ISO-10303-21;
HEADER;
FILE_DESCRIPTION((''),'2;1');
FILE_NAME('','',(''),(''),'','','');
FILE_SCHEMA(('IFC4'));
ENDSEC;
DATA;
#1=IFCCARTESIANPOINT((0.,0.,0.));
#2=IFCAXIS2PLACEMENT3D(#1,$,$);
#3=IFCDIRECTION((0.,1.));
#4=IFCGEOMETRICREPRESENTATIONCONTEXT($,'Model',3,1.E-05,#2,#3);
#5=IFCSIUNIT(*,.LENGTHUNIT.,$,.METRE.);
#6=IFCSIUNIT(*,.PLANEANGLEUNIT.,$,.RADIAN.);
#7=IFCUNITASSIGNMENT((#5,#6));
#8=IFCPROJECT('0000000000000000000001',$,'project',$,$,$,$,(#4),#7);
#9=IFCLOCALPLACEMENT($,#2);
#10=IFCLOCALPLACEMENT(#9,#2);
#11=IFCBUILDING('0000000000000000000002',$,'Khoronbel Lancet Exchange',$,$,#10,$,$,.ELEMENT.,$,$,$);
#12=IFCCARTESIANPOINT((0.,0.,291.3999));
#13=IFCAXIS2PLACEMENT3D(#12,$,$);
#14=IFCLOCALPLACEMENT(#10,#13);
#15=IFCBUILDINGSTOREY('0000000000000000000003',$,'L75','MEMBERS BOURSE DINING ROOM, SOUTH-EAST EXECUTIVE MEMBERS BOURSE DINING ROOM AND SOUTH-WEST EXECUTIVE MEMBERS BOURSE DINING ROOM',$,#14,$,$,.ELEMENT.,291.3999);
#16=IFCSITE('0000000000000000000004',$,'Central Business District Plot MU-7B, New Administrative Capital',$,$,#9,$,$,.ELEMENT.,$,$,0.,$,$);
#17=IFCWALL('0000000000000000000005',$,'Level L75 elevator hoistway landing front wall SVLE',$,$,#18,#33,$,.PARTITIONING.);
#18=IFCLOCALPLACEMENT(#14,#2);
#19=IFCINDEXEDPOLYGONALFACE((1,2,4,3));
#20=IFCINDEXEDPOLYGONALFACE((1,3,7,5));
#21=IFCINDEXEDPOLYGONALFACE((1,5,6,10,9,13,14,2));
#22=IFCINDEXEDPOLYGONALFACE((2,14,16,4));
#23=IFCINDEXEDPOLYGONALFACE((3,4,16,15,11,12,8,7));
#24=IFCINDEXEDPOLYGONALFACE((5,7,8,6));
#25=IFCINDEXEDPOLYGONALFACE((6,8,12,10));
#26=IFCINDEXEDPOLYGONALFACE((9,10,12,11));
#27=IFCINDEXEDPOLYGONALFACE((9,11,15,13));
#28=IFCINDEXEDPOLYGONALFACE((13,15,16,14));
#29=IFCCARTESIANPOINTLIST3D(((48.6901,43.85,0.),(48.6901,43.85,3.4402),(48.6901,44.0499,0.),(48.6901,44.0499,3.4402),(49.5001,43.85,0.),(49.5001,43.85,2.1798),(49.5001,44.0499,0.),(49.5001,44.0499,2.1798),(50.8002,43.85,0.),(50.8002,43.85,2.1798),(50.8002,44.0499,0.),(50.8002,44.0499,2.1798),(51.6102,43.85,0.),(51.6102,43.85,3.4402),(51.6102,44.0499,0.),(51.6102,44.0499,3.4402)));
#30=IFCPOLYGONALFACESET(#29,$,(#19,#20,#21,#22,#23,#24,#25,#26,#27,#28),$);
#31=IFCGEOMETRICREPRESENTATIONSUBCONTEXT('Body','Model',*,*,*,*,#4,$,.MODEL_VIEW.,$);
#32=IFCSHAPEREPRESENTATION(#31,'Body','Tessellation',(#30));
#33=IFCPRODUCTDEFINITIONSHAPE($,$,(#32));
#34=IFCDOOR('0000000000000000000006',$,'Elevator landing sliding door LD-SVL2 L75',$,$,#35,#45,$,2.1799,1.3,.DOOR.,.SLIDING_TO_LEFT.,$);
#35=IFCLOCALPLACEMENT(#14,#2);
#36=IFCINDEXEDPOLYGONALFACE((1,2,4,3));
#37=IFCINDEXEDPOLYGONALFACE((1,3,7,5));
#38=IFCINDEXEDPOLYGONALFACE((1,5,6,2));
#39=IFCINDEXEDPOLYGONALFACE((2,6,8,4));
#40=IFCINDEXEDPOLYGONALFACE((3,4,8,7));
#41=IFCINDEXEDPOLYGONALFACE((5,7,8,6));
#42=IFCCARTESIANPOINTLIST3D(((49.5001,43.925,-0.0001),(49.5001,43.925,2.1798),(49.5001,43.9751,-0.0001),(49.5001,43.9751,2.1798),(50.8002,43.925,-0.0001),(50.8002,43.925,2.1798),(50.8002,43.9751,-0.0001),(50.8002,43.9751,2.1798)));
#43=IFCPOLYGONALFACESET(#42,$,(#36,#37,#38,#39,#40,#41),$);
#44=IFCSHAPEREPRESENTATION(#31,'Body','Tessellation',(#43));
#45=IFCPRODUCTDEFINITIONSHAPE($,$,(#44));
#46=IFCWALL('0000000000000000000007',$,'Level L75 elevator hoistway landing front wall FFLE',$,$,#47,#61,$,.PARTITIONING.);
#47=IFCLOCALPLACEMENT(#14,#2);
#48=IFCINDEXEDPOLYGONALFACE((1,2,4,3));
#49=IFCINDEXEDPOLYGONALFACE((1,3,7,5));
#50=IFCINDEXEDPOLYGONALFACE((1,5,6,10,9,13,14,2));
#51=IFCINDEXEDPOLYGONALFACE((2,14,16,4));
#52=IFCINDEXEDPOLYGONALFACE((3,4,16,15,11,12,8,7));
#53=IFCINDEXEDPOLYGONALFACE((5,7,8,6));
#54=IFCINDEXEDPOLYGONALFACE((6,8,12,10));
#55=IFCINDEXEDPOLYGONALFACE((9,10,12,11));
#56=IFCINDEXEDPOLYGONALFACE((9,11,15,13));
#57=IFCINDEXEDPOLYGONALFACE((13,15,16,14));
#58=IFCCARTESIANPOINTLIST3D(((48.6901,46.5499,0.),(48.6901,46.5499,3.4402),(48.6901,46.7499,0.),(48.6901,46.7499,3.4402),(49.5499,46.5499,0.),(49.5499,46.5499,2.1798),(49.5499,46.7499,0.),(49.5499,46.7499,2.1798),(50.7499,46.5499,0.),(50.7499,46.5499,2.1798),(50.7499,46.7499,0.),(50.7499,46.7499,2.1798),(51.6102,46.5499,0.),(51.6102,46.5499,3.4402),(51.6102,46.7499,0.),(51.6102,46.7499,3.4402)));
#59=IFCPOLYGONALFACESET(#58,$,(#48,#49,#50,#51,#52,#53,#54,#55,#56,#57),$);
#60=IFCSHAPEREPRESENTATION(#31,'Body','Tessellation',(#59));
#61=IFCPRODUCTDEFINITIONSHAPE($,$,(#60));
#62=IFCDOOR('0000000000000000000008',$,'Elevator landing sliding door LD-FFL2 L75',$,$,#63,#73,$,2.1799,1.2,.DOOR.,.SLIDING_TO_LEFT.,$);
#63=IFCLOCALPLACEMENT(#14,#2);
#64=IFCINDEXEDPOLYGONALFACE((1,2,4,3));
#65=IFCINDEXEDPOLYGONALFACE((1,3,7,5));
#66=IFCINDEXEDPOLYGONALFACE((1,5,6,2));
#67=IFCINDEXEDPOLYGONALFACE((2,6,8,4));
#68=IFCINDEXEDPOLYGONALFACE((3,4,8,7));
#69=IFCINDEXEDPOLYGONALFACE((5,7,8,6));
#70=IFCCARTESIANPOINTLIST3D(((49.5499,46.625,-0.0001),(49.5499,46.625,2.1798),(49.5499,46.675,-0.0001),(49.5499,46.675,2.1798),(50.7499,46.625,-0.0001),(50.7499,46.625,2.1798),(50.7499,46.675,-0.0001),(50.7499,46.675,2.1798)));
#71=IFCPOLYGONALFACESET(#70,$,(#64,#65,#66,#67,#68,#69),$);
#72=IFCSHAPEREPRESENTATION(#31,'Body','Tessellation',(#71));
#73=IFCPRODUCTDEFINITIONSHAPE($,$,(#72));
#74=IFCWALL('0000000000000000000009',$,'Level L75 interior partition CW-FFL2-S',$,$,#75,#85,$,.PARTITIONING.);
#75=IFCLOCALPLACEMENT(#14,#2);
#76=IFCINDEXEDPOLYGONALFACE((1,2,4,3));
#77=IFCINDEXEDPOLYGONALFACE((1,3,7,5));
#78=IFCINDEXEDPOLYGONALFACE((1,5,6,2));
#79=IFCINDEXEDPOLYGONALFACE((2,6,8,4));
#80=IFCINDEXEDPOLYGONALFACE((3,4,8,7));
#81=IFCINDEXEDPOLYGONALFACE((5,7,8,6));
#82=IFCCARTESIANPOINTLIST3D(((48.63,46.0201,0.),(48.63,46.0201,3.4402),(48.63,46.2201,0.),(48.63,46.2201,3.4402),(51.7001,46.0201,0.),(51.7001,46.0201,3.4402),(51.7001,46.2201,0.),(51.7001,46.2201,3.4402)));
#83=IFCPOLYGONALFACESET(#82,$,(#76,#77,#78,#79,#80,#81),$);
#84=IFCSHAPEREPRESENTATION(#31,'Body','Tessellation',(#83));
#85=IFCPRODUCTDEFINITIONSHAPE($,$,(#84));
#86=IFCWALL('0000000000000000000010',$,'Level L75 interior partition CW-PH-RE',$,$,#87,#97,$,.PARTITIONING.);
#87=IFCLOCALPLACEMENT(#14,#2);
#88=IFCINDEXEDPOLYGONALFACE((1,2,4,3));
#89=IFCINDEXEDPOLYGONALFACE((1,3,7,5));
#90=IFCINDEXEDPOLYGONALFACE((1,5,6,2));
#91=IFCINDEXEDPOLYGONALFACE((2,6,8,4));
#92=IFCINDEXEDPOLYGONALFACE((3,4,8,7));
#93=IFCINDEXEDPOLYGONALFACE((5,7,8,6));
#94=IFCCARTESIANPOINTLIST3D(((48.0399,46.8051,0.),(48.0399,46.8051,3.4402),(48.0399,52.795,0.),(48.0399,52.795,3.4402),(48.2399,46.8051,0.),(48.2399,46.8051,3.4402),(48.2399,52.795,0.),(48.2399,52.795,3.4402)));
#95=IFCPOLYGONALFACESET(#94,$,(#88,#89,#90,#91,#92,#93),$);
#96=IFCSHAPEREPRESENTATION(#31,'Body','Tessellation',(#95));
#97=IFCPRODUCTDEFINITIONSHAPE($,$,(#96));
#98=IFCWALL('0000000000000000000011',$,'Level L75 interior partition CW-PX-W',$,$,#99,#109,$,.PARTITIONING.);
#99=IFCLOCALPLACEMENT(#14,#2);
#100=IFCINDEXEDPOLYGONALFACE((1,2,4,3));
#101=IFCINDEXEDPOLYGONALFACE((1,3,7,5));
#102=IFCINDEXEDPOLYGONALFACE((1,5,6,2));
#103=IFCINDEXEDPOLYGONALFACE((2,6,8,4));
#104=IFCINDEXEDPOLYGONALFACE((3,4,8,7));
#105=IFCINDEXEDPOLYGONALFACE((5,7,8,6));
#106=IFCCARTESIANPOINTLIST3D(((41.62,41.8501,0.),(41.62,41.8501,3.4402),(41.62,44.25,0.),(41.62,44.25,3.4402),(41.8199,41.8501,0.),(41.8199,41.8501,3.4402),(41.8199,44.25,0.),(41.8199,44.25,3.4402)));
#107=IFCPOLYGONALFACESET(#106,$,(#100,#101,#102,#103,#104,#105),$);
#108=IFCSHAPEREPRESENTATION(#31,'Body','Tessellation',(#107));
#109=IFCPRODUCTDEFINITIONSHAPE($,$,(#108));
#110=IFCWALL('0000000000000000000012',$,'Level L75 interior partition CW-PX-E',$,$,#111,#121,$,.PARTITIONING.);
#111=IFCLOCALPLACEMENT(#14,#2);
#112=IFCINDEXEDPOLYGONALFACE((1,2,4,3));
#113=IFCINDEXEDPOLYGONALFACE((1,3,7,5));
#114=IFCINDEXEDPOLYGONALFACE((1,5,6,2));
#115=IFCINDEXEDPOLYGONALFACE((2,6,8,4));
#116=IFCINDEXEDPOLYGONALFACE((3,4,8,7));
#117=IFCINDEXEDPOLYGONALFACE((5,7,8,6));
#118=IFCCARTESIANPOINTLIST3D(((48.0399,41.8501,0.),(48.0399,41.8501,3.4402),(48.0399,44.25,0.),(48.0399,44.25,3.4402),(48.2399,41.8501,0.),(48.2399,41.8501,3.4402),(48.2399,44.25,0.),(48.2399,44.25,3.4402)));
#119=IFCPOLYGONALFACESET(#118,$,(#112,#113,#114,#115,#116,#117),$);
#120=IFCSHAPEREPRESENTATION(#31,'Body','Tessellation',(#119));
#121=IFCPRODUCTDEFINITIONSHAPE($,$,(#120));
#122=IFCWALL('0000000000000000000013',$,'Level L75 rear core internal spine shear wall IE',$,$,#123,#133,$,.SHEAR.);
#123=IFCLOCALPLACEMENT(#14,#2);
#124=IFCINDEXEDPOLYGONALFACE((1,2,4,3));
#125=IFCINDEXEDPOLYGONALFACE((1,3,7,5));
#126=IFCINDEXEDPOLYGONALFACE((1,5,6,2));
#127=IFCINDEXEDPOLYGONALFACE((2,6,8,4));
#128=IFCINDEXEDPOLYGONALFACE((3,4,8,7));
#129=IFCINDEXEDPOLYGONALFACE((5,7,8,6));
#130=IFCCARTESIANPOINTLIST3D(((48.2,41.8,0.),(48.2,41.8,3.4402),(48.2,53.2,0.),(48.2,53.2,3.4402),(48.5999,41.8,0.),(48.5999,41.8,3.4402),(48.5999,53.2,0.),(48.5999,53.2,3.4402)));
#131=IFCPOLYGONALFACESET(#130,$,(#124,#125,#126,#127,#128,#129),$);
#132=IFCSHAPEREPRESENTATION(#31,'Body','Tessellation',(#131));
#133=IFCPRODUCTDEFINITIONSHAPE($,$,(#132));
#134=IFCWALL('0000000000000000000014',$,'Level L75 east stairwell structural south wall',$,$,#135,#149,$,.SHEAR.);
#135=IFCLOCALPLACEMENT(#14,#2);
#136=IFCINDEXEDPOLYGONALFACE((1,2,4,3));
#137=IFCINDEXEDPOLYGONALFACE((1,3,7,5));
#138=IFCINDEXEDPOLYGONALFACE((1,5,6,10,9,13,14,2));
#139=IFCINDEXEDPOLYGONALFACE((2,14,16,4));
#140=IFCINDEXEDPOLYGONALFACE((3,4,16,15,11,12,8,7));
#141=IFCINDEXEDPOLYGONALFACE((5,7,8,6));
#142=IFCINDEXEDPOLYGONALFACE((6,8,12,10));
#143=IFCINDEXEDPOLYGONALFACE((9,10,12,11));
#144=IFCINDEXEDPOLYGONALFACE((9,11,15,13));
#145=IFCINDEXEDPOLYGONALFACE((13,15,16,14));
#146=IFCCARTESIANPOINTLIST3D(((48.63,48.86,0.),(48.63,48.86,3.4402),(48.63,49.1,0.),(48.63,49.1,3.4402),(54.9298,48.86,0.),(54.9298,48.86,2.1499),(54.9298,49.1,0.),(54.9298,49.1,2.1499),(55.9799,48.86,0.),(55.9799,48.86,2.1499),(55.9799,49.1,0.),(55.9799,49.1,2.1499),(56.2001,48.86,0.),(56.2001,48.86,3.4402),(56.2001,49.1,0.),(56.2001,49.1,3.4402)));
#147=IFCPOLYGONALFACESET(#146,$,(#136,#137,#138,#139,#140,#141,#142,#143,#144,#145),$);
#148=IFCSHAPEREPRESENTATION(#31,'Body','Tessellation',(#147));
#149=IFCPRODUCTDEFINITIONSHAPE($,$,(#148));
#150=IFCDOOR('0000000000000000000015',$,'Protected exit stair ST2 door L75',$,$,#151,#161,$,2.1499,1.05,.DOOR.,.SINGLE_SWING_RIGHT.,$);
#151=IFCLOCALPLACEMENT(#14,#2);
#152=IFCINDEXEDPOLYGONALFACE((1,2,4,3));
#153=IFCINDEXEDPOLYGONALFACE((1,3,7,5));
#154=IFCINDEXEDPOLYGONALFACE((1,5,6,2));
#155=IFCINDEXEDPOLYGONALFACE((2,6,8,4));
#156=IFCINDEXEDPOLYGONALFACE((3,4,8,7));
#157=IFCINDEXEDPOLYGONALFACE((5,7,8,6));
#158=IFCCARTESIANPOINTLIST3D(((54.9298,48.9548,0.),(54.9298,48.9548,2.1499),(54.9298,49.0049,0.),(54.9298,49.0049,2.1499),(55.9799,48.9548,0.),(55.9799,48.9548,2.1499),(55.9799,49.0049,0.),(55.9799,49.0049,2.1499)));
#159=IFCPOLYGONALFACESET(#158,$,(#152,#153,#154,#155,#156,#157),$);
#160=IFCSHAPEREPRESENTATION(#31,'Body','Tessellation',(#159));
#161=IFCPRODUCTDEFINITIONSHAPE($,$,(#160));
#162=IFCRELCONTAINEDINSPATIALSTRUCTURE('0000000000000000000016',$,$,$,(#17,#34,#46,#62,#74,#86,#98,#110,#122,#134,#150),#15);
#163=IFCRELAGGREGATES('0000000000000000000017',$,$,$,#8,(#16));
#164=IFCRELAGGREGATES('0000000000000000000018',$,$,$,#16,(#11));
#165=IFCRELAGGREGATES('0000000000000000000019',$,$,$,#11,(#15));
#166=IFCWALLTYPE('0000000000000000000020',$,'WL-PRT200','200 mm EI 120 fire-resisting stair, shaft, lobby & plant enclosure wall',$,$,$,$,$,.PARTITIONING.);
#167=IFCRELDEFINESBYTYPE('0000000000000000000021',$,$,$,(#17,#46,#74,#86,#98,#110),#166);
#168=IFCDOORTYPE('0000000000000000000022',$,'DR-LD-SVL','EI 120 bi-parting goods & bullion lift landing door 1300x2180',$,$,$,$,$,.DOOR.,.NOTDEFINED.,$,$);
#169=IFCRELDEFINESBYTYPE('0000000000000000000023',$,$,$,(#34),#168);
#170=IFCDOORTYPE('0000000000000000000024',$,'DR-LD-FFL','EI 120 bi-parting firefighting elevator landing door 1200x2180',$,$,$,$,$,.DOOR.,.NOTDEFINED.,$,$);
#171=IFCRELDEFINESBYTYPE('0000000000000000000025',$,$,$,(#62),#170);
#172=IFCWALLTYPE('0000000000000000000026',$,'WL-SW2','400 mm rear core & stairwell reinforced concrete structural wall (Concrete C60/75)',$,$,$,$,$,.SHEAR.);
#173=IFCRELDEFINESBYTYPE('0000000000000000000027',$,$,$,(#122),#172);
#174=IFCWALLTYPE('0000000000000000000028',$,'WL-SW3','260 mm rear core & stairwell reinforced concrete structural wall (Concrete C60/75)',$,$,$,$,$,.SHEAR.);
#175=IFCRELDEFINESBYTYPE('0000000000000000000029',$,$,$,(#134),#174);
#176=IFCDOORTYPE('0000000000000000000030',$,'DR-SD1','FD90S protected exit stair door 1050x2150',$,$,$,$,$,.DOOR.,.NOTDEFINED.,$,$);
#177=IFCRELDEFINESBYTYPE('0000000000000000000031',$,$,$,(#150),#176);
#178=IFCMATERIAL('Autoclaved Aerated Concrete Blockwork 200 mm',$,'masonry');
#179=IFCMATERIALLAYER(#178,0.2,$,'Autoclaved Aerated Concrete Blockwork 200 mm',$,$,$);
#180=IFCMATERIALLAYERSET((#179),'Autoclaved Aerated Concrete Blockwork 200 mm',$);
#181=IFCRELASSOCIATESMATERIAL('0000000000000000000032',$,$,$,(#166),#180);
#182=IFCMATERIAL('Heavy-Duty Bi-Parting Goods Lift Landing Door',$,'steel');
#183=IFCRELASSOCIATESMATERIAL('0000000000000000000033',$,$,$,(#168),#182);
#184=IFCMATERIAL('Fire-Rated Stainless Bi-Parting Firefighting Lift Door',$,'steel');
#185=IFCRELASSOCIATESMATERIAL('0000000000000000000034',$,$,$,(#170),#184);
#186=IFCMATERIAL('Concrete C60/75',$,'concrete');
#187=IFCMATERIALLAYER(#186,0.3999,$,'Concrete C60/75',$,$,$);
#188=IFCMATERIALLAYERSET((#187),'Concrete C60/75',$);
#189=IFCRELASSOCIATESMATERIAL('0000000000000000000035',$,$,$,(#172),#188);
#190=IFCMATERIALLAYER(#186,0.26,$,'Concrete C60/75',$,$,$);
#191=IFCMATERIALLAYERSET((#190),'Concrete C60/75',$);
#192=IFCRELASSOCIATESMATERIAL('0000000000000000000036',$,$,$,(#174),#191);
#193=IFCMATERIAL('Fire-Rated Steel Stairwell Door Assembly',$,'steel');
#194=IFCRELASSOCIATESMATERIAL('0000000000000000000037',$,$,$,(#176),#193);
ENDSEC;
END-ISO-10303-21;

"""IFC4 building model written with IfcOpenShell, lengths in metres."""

from ifc_helpers import new_model, si_unit, direction, frame, frame_2d, origin, place, context, subcontext, project, spatial, rectangle, extrude, material, layer, layer_set, type_object, element, fill, save


model = new_model("IFC4")

# Units and contexts
model_context = context("Model", 3, precision=1e-05, world=origin(), true_north=direction((0.0, 1.0)))
body_context = subcontext(model_context, "Body", "Model", "MODEL_VIEW")
ifc_project = project(units=[si_unit("LENGTHUNIT", "METRE"), si_unit("PLANEANGLEUNIT", "RADIAN")], contexts=[model_context])

# Site, building, storey
site_placement = place(None, origin())
site = spatial("IfcSite", under=ifc_project, at=site_placement, Name="Central Business District Plot MU-7B, New Administrative Capital", CompositionType="ELEMENT", RefElevation=0.0)
building_placement = place(site_placement, origin())
building = spatial("IfcBuilding", under=site, at=building_placement, Name="Khoronbel Lancet Exchange", CompositionType="ELEMENT")
storey_placement = place(building_placement, frame((0.0, 0.0, 291.3999)))
storey = spatial("IfcBuildingStorey", under=building, at=storey_placement, Name="L75", Description="MEMBERS BOURSE DINING ROOM, SOUTH-EAST EXECUTIVE MEMBERS BOURSE DINING ROOM AND SOUTH-WEST EXECUTIVE MEMBERS BOURSE DINING ROOM", CompositionType="ELEMENT", Elevation=291.3999)

# Shared definitions
ifc_material_1 = material(Name="Autoclaved Aerated Concrete Blockwork 200 mm", Category="masonry")
ifc_layer_1 = layer(ifc_material_1, 0.2, Name="Autoclaved Aerated Concrete Blockwork 200 mm")
ifc_layer_set_1 = layer_set([ifc_layer_1], Name="Autoclaved Aerated Concrete Blockwork 200 mm")
wall_type_1 = type_object("IfcWallType", Name="WL-PRT200", Description="200 mm EI 120 fire-resisting stair, shaft, lobby & plant enclosure wall", PredefinedType="PARTITIONING", material=ifc_layer_set_1)

# Walls, openings, doors
wall_1_placement = place(storey_placement, frame((51.6101, 43.95, 0.0), z_axis=(0.0, 0.0, 1.0), x_axis=(-1.0, 0.0, 0.0)))
wall_1 = element("IfcWall", 1, at=wall_1_placement, inside=storey, type_object=wall_type_1, Name="Level L75 elevator hoistway landing front wall SVLE", PredefinedType="PARTITIONING", context=body_context, shape_type="SweptSolid", body=[
    extrude(rectangle(XDim=2.9202, YDim=0.2, at=frame_2d((1.46, 0.0))), origin(), (0.0, 0.0, 1.0), 3.4402),
])
opening_1_placement = place(wall_1_placement, frame((0.8101, 0.0, 0.0)))
opening_1 = element("IfcOpeningElement", 2, at=opening_1_placement, cuts=wall_1, PredefinedType="OPENING", context=body_context, shape_type="SweptSolid", body=[
    extrude(rectangle(XDim=1.3, YDim=2.1799, at=frame_2d((0.6499, 1.0898))), frame((0.0, 0.1099, 0.0), z_axis=(0.0, -1.0, 0.0), x_axis=(1.0, 0.0, 0.0)), (0.0, 0.0, 1.0), 0.22),
])
ifc_material_2 = material(Name="Heavy-Duty Bi-Parting Goods Lift Landing Door", Category="steel")
door_type_1 = type_object("IfcDoorType", Name="DR-LD-SVL", Description="EI 120 bi-parting goods & bullion lift landing door 1300x2180", OperationType="NOTDEFINED", PredefinedType="DOOR", material=ifc_material_2)
door_1_placement = place(opening_1_placement, origin())
door_1 = element("IfcDoor", 3, at=door_1_placement, inside=storey, type_object=door_type_1, Name="Elevator landing sliding door LD-SVL2 L75", OperationType="SLIDING_TO_LEFT", OverallHeight=2.1799, OverallWidth=1.3, PredefinedType="DOOR", context=body_context, shape_type="SweptSolid", body=[
    extrude(rectangle(XDim=1.3, YDim=2.1799, at=frame_2d((0.6499, 1.0898))), frame((0.0, 0.0249, 0.0), z_axis=(0.0, -1.0, 0.0), x_axis=(1.0, 0.0, 0.0)), (0.0, 0.0, 1.0), 0.05),
])
fill(opening_1, door_1)
wall_2_placement = place(storey_placement, frame((51.6101, 46.6499, 0.0), z_axis=(0.0, 0.0, 1.0), x_axis=(-1.0, 0.0, 0.0)))
wall_2 = element("IfcWall", 4, at=wall_2_placement, inside=storey, type_object=wall_type_1, Name="Level L75 elevator hoistway landing front wall FFLE", PredefinedType="PARTITIONING", context=body_context, shape_type="SweptSolid", body=[
    extrude(rectangle(XDim=2.9202, YDim=0.2, at=frame_2d((1.46, 0.0))), origin(), (0.0, 0.0, 1.0), 3.4402),
])
opening_2_placement = place(wall_2_placement, frame((0.8601, 0.0, 0.0)))
opening_2 = element("IfcOpeningElement", 5, at=opening_2_placement, cuts=wall_2, PredefinedType="OPENING", context=body_context, shape_type="SweptSolid", body=[
    extrude(rectangle(XDim=1.2, YDim=2.1799, at=frame_2d((0.6001, 1.0898))), frame((0.0, 0.1099, 0.0), z_axis=(0.0, -1.0, 0.0), x_axis=(1.0, 0.0, 0.0)), (0.0, 0.0, 1.0), 0.22),
])
ifc_material_3 = material(Name="Fire-Rated Stainless Bi-Parting Firefighting Lift Door", Category="steel")
door_type_2 = type_object("IfcDoorType", Name="DR-LD-FFL", Description="EI 120 bi-parting firefighting elevator landing door 1200x2180", OperationType="NOTDEFINED", PredefinedType="DOOR", material=ifc_material_3)
door_2_placement = place(opening_2_placement, origin())
door_2 = element("IfcDoor", 6, at=door_2_placement, inside=storey, type_object=door_type_2, Name="Elevator landing sliding door LD-FFL2 L75", OperationType="SLIDING_TO_LEFT", OverallHeight=2.1799, OverallWidth=1.2, PredefinedType="DOOR", context=body_context, shape_type="SweptSolid", body=[
    extrude(rectangle(XDim=1.2, YDim=2.1799, at=frame_2d((0.6001, 1.0898))), frame((0.0, 0.0249, 0.0), z_axis=(0.0, -1.0, 0.0), x_axis=(1.0, 0.0, 0.0)), (0.0, 0.0, 1.0), 0.05),
])
fill(opening_2, door_2)

# Walls
wall_3_placement = place(storey_placement, frame((48.6299, 46.1201, 0.0), z_axis=(0.0, 0.0, 1.0), x_axis=(1.0, 0.0, 0.0)))
element("IfcWall", 7, at=wall_3_placement, inside=storey, type_object=wall_type_1, Name="Level L75 interior partition CW-FFL2-S", PredefinedType="PARTITIONING", context=body_context, shape_type="SweptSolid", body=[
    extrude(rectangle(XDim=3.0701, YDim=0.2, at=frame_2d((1.5352, 0.0))), origin(), (0.0, 0.0, 1.0), 3.4402),
])
wall_4_placement = place(storey_placement, frame((48.1399, 46.8049, 0.0), z_axis=(0.0, 0.0, 1.0), x_axis=(0.0, 1.0, 0.0)))
element("IfcWall", 8, at=wall_4_placement, inside=storey, type_object=wall_type_1, Name="Level L75 interior partition CW-PH-RE", PredefinedType="PARTITIONING", context=body_context, shape_type="SweptSolid", body=[
    extrude(rectangle(XDim=5.99, YDim=0.2, at=frame_2d((2.9951, 0.0))), origin(), (0.0, 0.0, 1.0), 3.4402),
])
for number, where, z_axis, x_axis, name in (
    (9, (41.72, 41.8501, 0.0), (0.0, 0.0, 1.0), (0.0, 1.0, 0.0), "Level L75 interior partition CW-PX-W"),
    (10, (48.1399, 41.8501, 0.0), (0.0, 0.0, 1.0), (0.0, 1.0, 0.0), "Level L75 interior partition CW-PX-E"),
):
    element("IfcWall", number, at=place(storey_placement, frame(where, z_axis=z_axis, x_axis=x_axis)), inside=storey, type_object=wall_type_1, Name=name, PredefinedType="PARTITIONING", context=body_context, shape_type="SweptSolid", body=[
        extrude(rectangle(XDim=2.3999, YDim=0.2, at=frame_2d((1.2, 0.0))), origin(), (0.0, 0.0, 1.0), 3.4402),
    ])
ifc_material_4 = material(Name="Concrete C60/75", Category="concrete")
ifc_layer_2 = layer(ifc_material_4, 0.3999, Name="Concrete C60/75")
ifc_layer_set_2 = layer_set([ifc_layer_2], Name="Concrete C60/75")
wall_type_2 = type_object("IfcWallType", Name="WL-SW2", Description="400 mm rear core & stairwell reinforced concrete structural wall (Concrete C60/75)", PredefinedType="SHEAR", material=ifc_layer_set_2)
wall_5_placement = place(storey_placement, frame((48.3999, 41.8, 0.0), z_axis=(0.0, 0.0, 1.0), x_axis=(0.0, 1.0, 0.0)))
element("IfcWall", 11, at=wall_5_placement, inside=storey, type_object=wall_type_2, Name="Level L75 rear core internal spine shear wall IE", PredefinedType="SHEAR", context=body_context, shape_type="SweptSolid", body=[
    extrude(rectangle(XDim=11.3999, YDim=0.3999, at=frame_2d((5.7, 0.0))), origin(), (0.0, 0.0, 1.0), 3.4402),
])

# Wall, opening, door
ifc_layer_3 = layer(ifc_material_4, 0.26, Name="Concrete C60/75")
ifc_layer_set_3 = layer_set([ifc_layer_3], Name="Concrete C60/75")
wall_type_3 = type_object("IfcWallType", Name="WL-SW3", Description="260 mm rear core & stairwell reinforced concrete structural wall (Concrete C60/75)", PredefinedType="SHEAR", material=ifc_layer_set_3)
wall_6_placement = place(storey_placement, frame((48.6299, 48.98, 0.0), z_axis=(0.0, 0.0, 1.0), x_axis=(1.0, 0.0, 0.0)))
wall_6 = element("IfcWall", 12, at=wall_6_placement, inside=storey, type_object=wall_type_3, Name="Level L75 east stairwell structural south wall", PredefinedType="SHEAR", context=body_context, shape_type="SweptSolid", body=[
    extrude(rectangle(XDim=7.5701, YDim=0.24, at=frame_2d((3.7852, 0.0))), origin(), (0.0, 0.0, 1.0), 3.4402),
])
opening_3_placement = place(wall_6_placement, frame((6.3, 0.0, 0.0)))
opening_3 = element("IfcOpeningElement", 13, at=opening_3_placement, cuts=wall_6, PredefinedType="OPENING", context=body_context, shape_type="SweptSolid", body=[
    extrude(rectangle(XDim=1.05, YDim=2.1499, at=frame_2d((0.5249, 1.075))), frame((0.0, 0.1299, 0.0), z_axis=(0.0, -1.0, 0.0), x_axis=(1.0, 0.0, 0.0)), (0.0, 0.0, 1.0), 0.26),
])
ifc_material_5 = material(Name="Fire-Rated Steel Stairwell Door Assembly", Category="steel")
door_type_3 = type_object("IfcDoorType", Name="DR-SD1", Description="FD90S protected exit stair door 1050x2150", OperationType="NOTDEFINED", PredefinedType="DOOR", material=ifc_material_5)
door_3_placement = place(opening_3_placement, origin())
door_3 = element("IfcDoor", 14, at=door_3_placement, inside=storey, type_object=door_type_3, Name="Protected exit stair ST2 door L75", OperationType="SINGLE_SWING_RIGHT", OverallHeight=2.1499, OverallWidth=1.05, PredefinedType="DOOR", context=body_context, shape_type="SweptSolid", body=[
    extrude(rectangle(XDim=1.05, YDim=2.1499, at=frame_2d((0.5249, 1.075))), frame((0.0, 0.0249, 0.0), z_axis=(0.0, -1.0, 0.0), x_axis=(1.0, 0.0, 0.0)), (0.0, 0.0, 1.0), 0.05),
])
fill(opening_3, door_3)

save(model, "model.ifc")
